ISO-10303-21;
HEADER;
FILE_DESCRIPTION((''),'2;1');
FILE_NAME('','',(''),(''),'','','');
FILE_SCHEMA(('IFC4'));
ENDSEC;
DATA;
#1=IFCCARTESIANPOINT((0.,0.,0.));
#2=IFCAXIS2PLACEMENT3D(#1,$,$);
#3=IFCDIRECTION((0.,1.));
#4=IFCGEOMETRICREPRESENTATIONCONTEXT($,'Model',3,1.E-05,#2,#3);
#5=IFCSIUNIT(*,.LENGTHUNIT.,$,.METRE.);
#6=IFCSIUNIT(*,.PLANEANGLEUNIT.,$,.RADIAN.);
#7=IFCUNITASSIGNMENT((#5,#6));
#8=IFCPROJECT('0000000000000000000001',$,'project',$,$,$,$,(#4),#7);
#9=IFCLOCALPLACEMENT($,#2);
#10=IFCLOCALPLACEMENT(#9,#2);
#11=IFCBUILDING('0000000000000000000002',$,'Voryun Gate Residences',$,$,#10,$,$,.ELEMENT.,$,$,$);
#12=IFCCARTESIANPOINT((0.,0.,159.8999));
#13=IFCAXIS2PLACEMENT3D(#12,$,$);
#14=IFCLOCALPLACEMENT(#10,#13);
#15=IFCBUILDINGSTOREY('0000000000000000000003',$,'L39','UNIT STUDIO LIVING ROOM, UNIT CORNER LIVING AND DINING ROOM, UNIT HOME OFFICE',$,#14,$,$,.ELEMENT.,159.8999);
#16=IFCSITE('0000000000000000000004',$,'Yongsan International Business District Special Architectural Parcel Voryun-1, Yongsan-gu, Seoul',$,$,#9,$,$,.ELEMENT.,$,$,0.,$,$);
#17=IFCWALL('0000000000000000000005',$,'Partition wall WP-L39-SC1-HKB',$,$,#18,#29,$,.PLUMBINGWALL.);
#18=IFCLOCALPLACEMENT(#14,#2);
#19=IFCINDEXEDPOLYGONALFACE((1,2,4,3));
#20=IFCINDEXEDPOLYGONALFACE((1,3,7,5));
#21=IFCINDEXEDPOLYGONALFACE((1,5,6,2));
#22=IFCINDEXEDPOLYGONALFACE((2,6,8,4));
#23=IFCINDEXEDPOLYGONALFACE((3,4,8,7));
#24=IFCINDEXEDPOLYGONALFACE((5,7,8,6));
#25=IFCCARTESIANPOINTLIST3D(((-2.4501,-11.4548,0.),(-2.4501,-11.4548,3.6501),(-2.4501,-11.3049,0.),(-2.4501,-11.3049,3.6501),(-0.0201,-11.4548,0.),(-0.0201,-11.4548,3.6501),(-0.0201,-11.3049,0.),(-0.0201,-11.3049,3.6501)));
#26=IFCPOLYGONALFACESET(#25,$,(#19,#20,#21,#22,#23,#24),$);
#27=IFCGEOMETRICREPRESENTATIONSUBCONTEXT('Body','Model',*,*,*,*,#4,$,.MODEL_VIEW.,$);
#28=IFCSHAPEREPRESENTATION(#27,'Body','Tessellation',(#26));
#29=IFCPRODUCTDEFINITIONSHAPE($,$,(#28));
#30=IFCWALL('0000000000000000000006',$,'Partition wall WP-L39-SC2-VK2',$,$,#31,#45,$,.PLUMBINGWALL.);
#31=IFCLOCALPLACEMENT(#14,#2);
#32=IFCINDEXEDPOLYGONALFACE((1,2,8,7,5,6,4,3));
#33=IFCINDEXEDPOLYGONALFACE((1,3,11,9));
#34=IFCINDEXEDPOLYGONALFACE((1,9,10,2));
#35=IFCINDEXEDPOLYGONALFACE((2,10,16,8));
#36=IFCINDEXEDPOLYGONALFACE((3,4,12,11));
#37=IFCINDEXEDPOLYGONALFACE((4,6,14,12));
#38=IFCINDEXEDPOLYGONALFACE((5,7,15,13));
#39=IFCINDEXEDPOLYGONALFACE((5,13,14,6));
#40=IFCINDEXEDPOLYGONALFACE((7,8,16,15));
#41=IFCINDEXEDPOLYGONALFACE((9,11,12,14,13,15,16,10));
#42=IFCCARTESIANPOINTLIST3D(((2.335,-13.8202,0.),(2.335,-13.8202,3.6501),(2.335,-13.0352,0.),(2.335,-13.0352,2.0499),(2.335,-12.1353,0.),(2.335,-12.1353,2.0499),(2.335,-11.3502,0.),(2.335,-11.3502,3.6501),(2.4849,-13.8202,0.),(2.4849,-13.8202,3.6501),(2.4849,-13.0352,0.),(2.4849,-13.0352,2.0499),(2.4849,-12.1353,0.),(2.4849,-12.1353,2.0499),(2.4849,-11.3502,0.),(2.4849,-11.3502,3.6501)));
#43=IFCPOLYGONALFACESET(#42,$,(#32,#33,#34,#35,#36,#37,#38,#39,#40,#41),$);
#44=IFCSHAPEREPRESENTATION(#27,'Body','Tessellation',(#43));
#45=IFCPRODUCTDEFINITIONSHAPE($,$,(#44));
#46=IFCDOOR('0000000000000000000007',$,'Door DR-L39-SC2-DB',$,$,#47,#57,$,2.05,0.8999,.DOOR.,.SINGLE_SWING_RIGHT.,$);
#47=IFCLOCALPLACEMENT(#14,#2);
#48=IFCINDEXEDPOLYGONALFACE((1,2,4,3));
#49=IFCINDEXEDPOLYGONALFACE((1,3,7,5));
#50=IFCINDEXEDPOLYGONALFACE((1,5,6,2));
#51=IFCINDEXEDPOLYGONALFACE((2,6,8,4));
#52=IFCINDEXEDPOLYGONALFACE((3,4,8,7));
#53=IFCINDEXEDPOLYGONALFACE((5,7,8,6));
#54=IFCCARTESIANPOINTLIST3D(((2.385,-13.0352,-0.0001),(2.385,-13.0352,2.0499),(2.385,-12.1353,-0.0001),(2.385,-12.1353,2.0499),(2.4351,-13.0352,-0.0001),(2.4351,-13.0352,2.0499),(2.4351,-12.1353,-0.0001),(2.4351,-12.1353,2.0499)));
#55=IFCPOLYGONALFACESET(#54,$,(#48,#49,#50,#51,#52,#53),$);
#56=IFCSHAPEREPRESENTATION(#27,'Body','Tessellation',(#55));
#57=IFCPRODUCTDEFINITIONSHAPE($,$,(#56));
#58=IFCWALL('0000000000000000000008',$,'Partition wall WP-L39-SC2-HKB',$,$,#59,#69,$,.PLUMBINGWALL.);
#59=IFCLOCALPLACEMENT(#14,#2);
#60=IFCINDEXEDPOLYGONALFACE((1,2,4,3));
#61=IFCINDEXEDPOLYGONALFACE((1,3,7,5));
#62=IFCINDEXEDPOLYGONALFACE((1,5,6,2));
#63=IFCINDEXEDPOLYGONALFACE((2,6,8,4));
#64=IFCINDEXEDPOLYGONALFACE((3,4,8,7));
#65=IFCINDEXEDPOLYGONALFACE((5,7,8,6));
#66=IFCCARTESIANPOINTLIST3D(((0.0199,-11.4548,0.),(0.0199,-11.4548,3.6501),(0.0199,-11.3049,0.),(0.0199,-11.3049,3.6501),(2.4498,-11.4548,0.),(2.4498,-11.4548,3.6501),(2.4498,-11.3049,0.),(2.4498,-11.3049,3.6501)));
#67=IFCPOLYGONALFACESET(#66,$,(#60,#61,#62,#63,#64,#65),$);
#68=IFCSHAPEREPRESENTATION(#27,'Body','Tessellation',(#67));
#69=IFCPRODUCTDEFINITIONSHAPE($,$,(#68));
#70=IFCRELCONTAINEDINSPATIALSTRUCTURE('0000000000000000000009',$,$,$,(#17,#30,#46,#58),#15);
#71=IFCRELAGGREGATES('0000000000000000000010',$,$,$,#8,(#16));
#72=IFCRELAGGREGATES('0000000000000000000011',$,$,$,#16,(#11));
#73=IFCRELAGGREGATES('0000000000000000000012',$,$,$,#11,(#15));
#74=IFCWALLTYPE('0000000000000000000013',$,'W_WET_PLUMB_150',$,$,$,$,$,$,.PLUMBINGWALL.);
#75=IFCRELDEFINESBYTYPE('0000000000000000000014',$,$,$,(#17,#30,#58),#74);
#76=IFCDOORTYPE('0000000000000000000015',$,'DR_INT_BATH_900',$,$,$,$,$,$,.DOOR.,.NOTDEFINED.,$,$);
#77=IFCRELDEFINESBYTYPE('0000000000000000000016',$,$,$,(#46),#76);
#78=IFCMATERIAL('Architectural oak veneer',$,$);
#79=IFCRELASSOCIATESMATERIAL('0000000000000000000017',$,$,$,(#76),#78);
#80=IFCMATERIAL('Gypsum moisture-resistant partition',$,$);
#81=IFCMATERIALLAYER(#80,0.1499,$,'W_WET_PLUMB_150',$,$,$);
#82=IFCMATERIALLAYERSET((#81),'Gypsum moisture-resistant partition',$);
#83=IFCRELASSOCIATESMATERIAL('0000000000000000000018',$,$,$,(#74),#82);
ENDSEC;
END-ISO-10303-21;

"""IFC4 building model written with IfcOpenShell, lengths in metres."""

from ifc_helpers import new_model, si_unit, direction, frame, frame_2d, origin, place, context, subcontext, project, spatial, rectangle, extrude, material, layer, layer_set, type_object, element, fill, save


model = new_model("IFC4")

# Units and contexts
model_context = context("Model", 3, precision=1e-05, world=origin(), true_north=direction((0.0, 1.0)))
body_context = subcontext(model_context, "Body", "Model", "MODEL_VIEW")
ifc_project = project(units=[si_unit("LENGTHUNIT", "METRE"), si_unit("PLANEANGLEUNIT", "RADIAN")], contexts=[model_context])

# Site, building, storey
site_placement = place(None, origin())
site = spatial("IfcSite", under=ifc_project, at=site_placement, Name="Yongsan International Business District Special Architectural Parcel Voryun-1, Yongsan-gu, Seoul", CompositionType="ELEMENT", RefElevation=0.0)
building_placement = place(site_placement, origin())
building = spatial("IfcBuilding", under=site, at=building_placement, Name="Voryun Gate Residences", CompositionType="ELEMENT")
storey_placement = place(building_placement, frame((0.0, 0.0, 159.8999)))
storey = spatial("IfcBuildingStorey", under=building, at=storey_placement, Name="L39", Description="UNIT STUDIO LIVING ROOM, UNIT CORNER LIVING AND DINING ROOM, UNIT HOME OFFICE", CompositionType="ELEMENT", Elevation=159.8999)

# Shared definitions
ifc_material_1 = material(Name="Architectural oak veneer")
door_type_1 = type_object("IfcDoorType", Name="DR_INT_BATH_900", OperationType="NOTDEFINED", PredefinedType="DOOR", material=ifc_material_1)

# Shared definitions
ifc_material_2 = material(Name="Gypsum moisture-resistant partition")
ifc_layer_1 = layer(ifc_material_2, 0.1499, Name="W_WET_PLUMB_150")
ifc_layer_set_1 = layer_set([ifc_layer_1], Name="Gypsum moisture-resistant partition")
wall_type_1 = type_object("IfcWallType", Name="W_WET_PLUMB_150", PredefinedType="PLUMBINGWALL", material=ifc_layer_set_1)

# Wall
wall_1_placement = place(storey_placement, frame((-2.45, -11.3799, 0.0), z_axis=(0.0, 0.0, 1.0), x_axis=(1.0, 0.0, 0.0)))
element("IfcWall", 1, at=wall_1_placement, inside=storey, type_object=wall_type_1, Name="Partition wall WP-L39-SC1-HKB", PredefinedType="PLUMBINGWALL", context=body_context, shape_type="SweptSolid", body=[
    extrude(rectangle(XDim=2.4299, YDim=0.1499, at=frame_2d((1.2148, 0.0))), origin(), (0.0, 0.0, 1.0), 3.6501),
])

# Wall, opening, door
wall_2_placement = place(storey_placement, frame((2.4099, -13.8201, 0.0), z_axis=(0.0, 0.0, 1.0), x_axis=(0.0, 1.0, 0.0)))
wall_2 = element("IfcWall", 2, at=wall_2_placement, inside=storey, type_object=wall_type_1, Name="Partition wall WP-L39-SC2-VK2", PredefinedType="PLUMBINGWALL", context=body_context, shape_type="SweptSolid", body=[
    extrude(rectangle(XDim=2.47, YDim=0.1499, at=frame_2d((1.2349, 0.0))), origin(), (0.0, 0.0, 1.0), 3.6501),
])
opening_1_placement = place(wall_2_placement, frame((0.7849, 0.0, 0.0)))
opening_1 = element("IfcOpeningElement", 3, at=opening_1_placement, cuts=wall_2, PredefinedType="OPENING", context=body_context, shape_type="SweptSolid", body=[
    extrude(rectangle(XDim=0.8999, YDim=2.05, at=frame_2d((0.45, 1.0249))), frame((0.0, 0.085, 0.0), z_axis=(0.0, -1.0, 0.0), x_axis=(1.0, 0.0, 0.0)), (0.0, 0.0, 1.0), 0.1699),
])
door_1_placement = place(opening_1_placement, origin())
door_1 = element("IfcDoor", 4, at=door_1_placement, inside=storey, type_object=door_type_1, Name="Door DR-L39-SC2-DB", OperationType="SINGLE_SWING_RIGHT", OverallHeight=2.05, OverallWidth=0.8999, PredefinedType="DOOR", context=body_context, shape_type="SweptSolid", body=[
    extrude(rectangle(XDim=0.8999, YDim=2.05, at=frame_2d((0.45, 1.0249))), frame((0.0, 0.0249, 0.0), z_axis=(0.0, -1.0, 0.0), x_axis=(1.0, 0.0, 0.0)), (0.0, 0.0, 1.0), 0.05),
])
fill(opening_1, door_1)

# Wall
wall_3_placement = place(storey_placement, frame((0.02, -11.3799, 0.0), z_axis=(0.0, 0.0, 1.0), x_axis=(1.0, 0.0, 0.0)))
element("IfcWall", 5, at=wall_3_placement, inside=storey, type_object=wall_type_1, Name="Partition wall WP-L39-SC2-HKB", PredefinedType="PLUMBINGWALL", context=body_context, shape_type="SweptSolid", body=[
    extrude(rectangle(XDim=2.4299, YDim=0.1499, at=frame_2d((1.2148, 0.0))), origin(), (0.0, 0.0, 1.0), 3.6501),
])

save(model, "model.ifc")
